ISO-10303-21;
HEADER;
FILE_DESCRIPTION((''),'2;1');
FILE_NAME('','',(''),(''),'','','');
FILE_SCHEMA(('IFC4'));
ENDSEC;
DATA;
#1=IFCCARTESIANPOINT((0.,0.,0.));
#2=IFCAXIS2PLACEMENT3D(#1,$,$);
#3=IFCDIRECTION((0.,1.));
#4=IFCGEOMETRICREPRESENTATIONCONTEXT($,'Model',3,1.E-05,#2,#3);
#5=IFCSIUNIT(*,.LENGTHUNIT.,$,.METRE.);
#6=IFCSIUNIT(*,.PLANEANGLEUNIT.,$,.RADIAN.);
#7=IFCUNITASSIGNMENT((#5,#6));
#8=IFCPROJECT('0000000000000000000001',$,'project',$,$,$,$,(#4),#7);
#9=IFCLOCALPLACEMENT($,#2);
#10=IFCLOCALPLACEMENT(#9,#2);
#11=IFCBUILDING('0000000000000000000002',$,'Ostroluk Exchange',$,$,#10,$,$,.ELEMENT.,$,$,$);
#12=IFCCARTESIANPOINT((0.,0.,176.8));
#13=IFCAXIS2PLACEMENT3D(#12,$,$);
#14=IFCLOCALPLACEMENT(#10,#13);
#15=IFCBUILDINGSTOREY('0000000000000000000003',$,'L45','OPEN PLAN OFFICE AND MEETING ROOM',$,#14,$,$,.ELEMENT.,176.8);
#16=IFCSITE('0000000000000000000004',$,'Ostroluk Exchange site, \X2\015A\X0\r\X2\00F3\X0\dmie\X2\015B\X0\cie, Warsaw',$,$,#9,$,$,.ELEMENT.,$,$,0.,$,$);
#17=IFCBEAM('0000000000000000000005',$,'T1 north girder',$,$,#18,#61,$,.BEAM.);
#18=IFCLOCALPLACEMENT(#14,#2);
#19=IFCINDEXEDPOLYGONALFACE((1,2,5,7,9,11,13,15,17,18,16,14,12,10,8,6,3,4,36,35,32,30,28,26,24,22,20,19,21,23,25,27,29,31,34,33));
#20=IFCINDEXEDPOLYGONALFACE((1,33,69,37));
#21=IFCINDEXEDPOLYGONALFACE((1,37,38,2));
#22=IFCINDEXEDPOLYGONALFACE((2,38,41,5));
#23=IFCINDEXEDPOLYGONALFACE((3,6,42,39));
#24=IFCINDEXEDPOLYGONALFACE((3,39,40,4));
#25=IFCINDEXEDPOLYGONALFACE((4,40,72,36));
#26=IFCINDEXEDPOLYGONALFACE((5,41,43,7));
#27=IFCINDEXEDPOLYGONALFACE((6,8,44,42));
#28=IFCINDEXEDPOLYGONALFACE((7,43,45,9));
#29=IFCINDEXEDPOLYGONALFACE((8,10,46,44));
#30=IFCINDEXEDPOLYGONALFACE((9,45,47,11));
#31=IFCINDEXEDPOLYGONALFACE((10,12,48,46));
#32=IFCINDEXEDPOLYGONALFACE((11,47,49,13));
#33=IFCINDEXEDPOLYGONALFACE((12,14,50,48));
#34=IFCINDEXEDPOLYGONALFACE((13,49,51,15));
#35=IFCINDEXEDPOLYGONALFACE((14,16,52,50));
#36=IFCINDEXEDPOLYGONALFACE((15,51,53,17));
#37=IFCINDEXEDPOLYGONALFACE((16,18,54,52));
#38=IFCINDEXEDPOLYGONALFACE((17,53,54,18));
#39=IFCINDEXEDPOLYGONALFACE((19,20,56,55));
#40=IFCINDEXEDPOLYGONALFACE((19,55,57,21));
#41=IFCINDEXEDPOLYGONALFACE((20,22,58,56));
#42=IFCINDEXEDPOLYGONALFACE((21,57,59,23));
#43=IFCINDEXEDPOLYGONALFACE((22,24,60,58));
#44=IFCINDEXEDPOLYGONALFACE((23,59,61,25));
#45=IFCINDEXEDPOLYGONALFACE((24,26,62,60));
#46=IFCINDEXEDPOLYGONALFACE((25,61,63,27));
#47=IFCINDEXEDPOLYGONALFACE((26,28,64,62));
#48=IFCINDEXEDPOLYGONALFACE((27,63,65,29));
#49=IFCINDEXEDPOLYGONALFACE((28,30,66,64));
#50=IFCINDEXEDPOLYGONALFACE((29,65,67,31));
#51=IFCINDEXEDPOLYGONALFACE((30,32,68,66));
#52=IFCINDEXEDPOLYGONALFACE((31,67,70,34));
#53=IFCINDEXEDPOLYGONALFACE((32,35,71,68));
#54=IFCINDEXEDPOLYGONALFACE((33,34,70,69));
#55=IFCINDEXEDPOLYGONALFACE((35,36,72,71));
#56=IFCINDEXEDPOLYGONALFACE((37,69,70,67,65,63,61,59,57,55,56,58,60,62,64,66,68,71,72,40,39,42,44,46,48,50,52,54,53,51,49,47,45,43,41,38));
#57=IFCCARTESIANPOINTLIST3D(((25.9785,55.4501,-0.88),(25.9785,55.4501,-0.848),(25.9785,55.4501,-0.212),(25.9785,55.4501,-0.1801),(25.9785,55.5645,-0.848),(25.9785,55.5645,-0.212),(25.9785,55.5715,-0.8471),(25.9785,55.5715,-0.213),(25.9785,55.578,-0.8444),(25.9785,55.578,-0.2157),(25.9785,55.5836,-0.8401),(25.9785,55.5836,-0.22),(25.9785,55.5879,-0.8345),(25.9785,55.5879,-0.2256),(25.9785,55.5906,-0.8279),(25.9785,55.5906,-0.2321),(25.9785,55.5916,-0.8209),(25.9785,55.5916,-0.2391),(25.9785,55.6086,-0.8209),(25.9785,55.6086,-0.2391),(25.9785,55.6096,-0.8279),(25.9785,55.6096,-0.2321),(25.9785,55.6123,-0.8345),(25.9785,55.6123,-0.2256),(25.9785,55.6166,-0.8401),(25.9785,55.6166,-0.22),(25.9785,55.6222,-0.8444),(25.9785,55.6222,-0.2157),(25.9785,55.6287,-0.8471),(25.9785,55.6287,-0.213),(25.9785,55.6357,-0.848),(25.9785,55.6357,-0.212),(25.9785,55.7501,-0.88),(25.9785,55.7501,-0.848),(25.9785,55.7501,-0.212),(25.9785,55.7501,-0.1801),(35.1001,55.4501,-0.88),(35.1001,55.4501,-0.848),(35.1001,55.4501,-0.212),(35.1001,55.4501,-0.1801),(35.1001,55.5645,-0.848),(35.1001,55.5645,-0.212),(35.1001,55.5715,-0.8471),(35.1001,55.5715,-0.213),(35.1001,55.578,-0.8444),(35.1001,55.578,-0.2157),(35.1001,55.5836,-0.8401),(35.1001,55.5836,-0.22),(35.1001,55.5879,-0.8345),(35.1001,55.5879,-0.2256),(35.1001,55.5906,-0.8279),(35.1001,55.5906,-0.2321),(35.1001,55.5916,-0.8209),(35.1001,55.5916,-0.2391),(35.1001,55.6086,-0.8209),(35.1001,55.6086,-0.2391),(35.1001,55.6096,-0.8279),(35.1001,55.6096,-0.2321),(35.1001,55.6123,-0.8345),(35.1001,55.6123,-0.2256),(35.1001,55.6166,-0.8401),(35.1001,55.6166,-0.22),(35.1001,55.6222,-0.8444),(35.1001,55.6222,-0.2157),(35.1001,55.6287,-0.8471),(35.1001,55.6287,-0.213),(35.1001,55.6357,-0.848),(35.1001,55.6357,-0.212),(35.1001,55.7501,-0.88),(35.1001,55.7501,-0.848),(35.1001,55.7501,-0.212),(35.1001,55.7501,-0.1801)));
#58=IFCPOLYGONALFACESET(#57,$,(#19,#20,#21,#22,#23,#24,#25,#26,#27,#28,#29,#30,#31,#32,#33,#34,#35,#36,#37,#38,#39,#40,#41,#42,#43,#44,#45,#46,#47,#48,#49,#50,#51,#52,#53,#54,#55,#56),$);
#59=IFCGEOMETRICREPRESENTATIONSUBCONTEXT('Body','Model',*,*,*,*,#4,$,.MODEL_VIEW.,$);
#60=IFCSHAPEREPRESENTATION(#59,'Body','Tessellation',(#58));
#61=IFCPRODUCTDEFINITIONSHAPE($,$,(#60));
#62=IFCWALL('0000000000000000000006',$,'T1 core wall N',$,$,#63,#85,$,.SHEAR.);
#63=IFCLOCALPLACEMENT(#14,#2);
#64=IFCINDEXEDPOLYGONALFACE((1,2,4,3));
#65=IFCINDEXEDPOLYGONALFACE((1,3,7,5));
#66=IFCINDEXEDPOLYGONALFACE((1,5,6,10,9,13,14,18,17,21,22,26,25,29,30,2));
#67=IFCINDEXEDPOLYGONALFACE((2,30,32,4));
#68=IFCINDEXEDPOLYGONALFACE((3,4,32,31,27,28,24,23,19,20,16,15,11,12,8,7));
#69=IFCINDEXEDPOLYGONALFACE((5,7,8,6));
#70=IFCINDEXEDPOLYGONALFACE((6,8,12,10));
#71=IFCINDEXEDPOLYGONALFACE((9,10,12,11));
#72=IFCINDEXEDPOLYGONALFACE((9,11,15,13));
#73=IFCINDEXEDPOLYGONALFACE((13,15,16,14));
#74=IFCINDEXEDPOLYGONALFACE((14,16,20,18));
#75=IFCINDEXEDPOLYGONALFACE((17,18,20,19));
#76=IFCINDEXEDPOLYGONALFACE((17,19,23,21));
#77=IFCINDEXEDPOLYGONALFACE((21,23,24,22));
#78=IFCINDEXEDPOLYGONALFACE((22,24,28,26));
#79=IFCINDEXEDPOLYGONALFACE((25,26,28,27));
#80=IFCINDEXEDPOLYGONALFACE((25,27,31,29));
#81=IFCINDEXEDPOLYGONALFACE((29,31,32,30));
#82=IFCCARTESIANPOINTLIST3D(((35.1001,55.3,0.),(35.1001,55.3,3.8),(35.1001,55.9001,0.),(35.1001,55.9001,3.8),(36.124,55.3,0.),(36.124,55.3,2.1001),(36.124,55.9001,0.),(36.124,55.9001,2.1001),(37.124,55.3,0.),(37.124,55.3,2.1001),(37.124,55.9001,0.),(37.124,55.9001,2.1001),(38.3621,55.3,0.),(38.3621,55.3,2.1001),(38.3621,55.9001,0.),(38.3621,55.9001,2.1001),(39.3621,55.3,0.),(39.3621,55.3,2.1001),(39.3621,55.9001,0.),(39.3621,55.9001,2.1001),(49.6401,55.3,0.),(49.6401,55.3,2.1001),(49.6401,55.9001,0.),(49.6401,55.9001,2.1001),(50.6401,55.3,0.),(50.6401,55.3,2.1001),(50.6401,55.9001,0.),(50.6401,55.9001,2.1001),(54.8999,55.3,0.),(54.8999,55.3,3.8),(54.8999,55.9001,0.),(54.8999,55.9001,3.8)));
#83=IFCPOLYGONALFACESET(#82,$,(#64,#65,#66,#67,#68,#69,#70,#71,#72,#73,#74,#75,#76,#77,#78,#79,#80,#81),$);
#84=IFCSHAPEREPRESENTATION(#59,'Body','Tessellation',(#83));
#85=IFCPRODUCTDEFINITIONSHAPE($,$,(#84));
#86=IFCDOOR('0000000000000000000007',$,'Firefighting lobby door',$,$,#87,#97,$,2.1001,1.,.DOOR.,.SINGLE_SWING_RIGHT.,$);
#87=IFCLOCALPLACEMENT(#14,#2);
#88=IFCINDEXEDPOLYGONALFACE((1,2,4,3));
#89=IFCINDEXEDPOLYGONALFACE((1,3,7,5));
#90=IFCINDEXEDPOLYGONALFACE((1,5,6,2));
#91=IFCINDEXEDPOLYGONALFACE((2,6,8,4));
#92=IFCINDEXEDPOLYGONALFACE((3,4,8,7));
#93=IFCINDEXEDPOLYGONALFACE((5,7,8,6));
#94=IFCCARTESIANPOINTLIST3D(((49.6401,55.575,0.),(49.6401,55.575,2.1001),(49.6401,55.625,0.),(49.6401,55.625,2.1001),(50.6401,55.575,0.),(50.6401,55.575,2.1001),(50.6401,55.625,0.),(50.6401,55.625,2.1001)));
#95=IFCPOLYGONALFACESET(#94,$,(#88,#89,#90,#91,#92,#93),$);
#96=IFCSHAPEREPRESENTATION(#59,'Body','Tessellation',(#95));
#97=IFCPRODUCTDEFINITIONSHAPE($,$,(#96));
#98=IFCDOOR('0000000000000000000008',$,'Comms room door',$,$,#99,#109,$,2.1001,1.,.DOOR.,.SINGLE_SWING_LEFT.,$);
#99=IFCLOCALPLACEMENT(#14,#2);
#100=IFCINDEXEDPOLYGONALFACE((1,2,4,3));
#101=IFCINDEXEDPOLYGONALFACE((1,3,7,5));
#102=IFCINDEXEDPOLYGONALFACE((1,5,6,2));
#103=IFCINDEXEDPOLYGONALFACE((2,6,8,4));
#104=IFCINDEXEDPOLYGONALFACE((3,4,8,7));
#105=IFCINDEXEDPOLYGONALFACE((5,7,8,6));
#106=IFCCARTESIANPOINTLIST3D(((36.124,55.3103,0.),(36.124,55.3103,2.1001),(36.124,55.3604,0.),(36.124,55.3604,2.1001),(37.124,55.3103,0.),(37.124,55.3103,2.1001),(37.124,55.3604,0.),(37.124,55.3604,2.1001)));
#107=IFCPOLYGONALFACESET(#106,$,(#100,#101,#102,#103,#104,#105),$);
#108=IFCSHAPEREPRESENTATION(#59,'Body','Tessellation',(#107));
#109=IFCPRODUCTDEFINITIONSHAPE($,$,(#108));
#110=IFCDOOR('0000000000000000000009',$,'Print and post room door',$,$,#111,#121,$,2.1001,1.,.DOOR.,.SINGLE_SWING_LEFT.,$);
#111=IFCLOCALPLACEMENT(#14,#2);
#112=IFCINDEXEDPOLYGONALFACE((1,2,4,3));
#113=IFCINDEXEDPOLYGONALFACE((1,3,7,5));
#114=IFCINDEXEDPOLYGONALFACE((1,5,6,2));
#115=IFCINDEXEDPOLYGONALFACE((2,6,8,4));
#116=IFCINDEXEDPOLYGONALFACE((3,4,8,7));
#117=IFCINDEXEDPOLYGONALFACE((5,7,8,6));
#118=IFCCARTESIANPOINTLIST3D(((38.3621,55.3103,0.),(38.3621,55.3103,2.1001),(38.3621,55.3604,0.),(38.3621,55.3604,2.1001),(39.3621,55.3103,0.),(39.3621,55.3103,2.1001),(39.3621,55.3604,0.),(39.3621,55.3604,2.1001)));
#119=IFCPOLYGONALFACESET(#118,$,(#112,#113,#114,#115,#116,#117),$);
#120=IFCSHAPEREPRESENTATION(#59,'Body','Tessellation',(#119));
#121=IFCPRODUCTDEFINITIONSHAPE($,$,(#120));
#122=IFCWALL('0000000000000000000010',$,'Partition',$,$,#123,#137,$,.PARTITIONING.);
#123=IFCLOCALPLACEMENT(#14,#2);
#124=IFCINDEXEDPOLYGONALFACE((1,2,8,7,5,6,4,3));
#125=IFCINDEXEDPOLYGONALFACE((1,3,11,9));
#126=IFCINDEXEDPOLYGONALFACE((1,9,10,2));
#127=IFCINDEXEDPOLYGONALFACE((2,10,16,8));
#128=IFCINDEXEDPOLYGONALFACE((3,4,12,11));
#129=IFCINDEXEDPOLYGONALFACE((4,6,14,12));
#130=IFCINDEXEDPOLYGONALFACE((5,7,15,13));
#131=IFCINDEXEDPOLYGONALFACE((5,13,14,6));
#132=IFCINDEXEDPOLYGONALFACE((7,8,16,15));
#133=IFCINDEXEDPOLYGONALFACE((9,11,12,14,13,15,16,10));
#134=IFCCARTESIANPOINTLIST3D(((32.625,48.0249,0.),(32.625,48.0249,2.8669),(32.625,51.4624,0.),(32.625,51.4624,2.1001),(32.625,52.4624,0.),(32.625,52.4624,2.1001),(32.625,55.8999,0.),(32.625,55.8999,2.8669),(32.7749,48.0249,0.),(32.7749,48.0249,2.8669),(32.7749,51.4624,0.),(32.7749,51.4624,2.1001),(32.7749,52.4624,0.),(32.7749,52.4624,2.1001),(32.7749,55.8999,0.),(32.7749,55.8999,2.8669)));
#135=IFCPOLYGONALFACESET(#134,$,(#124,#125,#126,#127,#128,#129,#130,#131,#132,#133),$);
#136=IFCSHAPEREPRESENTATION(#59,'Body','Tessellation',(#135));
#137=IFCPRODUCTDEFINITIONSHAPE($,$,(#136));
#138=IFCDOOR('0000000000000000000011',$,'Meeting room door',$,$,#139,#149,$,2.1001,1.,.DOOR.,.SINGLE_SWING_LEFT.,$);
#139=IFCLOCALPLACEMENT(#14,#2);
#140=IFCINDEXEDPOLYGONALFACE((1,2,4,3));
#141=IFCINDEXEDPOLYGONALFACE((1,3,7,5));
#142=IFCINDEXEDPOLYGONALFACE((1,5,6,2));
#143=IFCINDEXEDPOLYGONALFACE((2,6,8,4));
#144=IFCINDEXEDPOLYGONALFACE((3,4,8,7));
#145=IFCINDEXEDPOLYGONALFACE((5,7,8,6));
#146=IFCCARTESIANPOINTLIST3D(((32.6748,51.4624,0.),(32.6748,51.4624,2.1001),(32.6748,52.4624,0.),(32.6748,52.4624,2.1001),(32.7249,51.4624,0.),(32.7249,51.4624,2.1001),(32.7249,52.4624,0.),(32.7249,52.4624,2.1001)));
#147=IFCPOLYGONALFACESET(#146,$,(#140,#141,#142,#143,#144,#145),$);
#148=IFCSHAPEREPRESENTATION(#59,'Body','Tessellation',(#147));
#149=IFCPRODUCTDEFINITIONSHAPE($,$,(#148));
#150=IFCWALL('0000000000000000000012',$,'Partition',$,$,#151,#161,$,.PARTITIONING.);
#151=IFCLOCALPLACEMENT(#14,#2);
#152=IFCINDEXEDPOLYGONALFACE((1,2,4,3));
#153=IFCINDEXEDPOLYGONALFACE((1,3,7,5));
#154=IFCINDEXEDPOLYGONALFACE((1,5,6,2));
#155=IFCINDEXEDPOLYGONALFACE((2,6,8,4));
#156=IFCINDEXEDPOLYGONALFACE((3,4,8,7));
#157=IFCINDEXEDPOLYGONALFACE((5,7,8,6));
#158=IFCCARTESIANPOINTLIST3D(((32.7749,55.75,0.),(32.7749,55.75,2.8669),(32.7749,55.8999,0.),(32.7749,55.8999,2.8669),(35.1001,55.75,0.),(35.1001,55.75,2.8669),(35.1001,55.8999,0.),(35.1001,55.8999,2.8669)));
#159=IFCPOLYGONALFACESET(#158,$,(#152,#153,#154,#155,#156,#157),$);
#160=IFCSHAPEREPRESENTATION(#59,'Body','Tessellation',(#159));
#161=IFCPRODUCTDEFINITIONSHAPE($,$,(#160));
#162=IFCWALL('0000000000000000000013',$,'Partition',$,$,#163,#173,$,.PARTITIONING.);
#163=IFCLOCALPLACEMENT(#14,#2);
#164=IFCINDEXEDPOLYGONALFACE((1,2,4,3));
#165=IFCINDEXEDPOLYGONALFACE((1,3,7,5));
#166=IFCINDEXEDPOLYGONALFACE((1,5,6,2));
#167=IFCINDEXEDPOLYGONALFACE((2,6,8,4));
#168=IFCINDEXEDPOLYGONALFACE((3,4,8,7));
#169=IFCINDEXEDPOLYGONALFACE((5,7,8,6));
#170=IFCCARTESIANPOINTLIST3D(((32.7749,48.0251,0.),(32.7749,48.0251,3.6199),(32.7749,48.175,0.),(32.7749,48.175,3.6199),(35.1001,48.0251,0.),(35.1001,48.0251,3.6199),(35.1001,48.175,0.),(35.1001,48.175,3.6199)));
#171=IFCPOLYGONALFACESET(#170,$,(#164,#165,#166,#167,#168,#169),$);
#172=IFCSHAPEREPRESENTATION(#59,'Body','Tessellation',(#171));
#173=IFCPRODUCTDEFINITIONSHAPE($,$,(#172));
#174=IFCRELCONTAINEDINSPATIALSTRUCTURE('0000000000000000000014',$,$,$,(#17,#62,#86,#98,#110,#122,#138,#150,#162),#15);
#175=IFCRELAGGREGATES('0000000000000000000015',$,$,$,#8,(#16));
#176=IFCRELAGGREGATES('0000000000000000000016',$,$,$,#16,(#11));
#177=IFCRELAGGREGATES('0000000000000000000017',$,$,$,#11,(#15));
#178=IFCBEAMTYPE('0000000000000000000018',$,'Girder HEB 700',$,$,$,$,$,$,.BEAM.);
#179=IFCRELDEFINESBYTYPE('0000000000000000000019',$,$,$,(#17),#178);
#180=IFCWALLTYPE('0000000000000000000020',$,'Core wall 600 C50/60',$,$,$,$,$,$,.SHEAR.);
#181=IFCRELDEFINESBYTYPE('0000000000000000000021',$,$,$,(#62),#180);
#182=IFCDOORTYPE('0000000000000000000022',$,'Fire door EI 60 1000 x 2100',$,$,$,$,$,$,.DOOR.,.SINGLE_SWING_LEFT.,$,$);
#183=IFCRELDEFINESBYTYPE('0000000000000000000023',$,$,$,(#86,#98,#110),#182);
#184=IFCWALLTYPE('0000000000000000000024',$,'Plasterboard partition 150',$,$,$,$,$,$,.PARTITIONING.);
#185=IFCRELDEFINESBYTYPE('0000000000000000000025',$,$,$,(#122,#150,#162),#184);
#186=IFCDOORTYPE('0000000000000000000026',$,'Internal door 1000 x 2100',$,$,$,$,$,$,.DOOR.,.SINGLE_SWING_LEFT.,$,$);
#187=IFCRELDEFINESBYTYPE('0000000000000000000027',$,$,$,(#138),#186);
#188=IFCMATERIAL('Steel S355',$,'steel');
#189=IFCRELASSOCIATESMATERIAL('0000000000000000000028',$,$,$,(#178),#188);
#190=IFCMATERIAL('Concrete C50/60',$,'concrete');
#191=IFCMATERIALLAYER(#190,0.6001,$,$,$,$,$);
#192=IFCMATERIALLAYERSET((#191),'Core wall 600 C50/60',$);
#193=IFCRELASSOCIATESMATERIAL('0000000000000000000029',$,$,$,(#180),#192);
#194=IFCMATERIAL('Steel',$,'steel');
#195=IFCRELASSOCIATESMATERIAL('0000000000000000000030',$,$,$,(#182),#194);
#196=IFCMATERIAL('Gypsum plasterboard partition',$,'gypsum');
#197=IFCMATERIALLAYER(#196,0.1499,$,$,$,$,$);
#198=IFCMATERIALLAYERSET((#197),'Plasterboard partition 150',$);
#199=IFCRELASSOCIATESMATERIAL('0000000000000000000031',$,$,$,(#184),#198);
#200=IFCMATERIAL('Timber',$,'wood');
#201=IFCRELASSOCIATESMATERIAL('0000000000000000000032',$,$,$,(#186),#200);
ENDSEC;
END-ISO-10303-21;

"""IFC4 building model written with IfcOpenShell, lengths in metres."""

from ifc_helpers import new_model, si_unit, direction, frame, frame_2d, origin, origin_2d, place, context, subcontext, project, spatial, rectangle, i_section, extrude, material, layer, layer_set, material_profile, profile_set, type_object, element, fill, save


model = new_model("IFC4")

# Units and contexts
model_context = context("Model", 3, precision=1e-05, world=origin(), true_north=direction((0.0, 1.0)))
body_context = subcontext(model_context, "Body", "Model", "MODEL_VIEW")
ifc_project = project(units=[si_unit("LENGTHUNIT", "METRE"), si_unit("PLANEANGLEUNIT", "RADIAN")], contexts=[model_context])

# Site, building, storey
site_placement = place(None, origin())
site = spatial("IfcSite", under=ifc_project, at=site_placement, Name="Ostroluk Exchange site, Śródmieście, Warsaw", CompositionType="ELEMENT", RefElevation=0.0)
building_placement = place(site_placement, origin())
building = spatial("IfcBuilding", under=site, at=building_placement, Name="Ostroluk Exchange", CompositionType="ELEMENT")
storey_placement = place(building_placement, frame((0.0, 0.0, 176.8)))
storey = spatial("IfcBuildingStorey", under=building, at=storey_placement, Name="L45", Description="OPEN PLAN OFFICE AND MEETING ROOM", CompositionType="ELEMENT", Elevation=176.8)

# Beam
ifc_material_1 = material(Name="Steel S355", Category="steel")
ifc_material_profile_1 = material_profile(ifc_material_1, i_section(OverallWidth=0.3, OverallDepth=0.7, WebThickness=0.0171, FlangeThickness=0.032, FilletRadius=0.0271, at=origin_2d()), Name="HEB 700")
ifc_profile_set_1 = profile_set([ifc_material_profile_1], Name="Steel S355")
beam_type_1 = type_object("IfcBeamType", Name="Girder HEB 700", PredefinedType="BEAM", material=ifc_profile_set_1)
beam_1_placement = place(storey_placement, frame((35.1001, 55.6001, -0.53), z_axis=(-1.0, 0.0, 0.0), x_axis=(0.0, -1.0, 0.0)))
element("IfcBeam", 1, at=beam_1_placement, inside=storey, type_object=beam_type_1, Name="T1 north girder", PredefinedType="BEAM", context=body_context, shape_type="SweptSolid", body=[
    extrude(i_section(OverallWidth=0.3, OverallDepth=0.7, WebThickness=0.0171, FlangeThickness=0.032, FilletRadius=0.0271, at=origin_2d()), origin(), (0.0, 0.0, 1.0), 9.1216),
])

# Wall, openings, doors
ifc_material_2 = material(Name="Concrete C50/60", Category="concrete")
ifc_layer_1 = layer(ifc_material_2, 0.6001)
ifc_layer_set_1 = layer_set([ifc_layer_1], Name="Core wall 600 C50/60")
wall_type_1 = type_object("IfcWallType", Name="Core wall 600 C50/60", PredefinedType="SHEAR", material=ifc_layer_set_1)
wall_1_placement = place(storey_placement, frame((35.1001, 55.6001, 0.0), z_axis=(0.0, 0.0, 1.0), x_axis=(1.0, 0.0, 0.0)))
wall_1 = element("IfcWall", 2, at=wall_1_placement, inside=storey, type_object=wall_type_1, Name="T1 core wall N", PredefinedType="SHEAR", context=body_context, shape_type="SweptSolid", body=[
    extrude(rectangle(XDim=19.7998, YDim=0.6001, at=frame_2d((9.8999, 0.0))), origin(), (0.0, 0.0, 1.0), 3.8),
])
opening_1_placement = place(wall_1_placement, frame((14.54, 0.0, 0.0)))
opening_1 = element("IfcOpeningElement", 3, at=opening_1_placement, cuts=wall_1, PredefinedType="OPENING", context=body_context, shape_type="SweptSolid", body=[
    extrude(rectangle(XDim=1.0, YDim=2.1001, at=frame_2d((0.5, 1.05))), frame((0.0, 0.3101, 0.0), z_axis=(0.0, -1.0, 0.0), x_axis=(1.0, 0.0, 0.0)), (0.0, 0.0, 1.0), 0.6201),
])
opening_2_placement = place(wall_1_placement, frame((1.0239, 0.0, 0.0)))
opening_2 = element("IfcOpeningElement", 4, at=opening_2_placement, cuts=wall_1, PredefinedType="OPENING", context=body_context, shape_type="SweptSolid", body=[
    extrude(rectangle(XDim=1.0, YDim=2.1001, at=frame_2d((0.5, 1.05))), frame((0.0, 0.3101, 0.0), z_axis=(0.0, -1.0, 0.0), x_axis=(1.0, 0.0, 0.0)), (0.0, 0.0, 1.0), 0.6201),
])
opening_3_placement = place(wall_1_placement, frame((3.262, 0.0, 0.0)))
opening_3 = element("IfcOpeningElement", 5, at=opening_3_placement, cuts=wall_1, PredefinedType="OPENING", context=body_context, shape_type="SweptSolid", body=[
    extrude(rectangle(XDim=1.0, YDim=2.1001, at=frame_2d((0.5, 1.05))), frame((0.0, 0.3101, 0.0), z_axis=(0.0, -1.0, 0.0), x_axis=(1.0, 0.0, 0.0)), (0.0, 0.0, 1.0), 0.6201),
])
ifc_material_3 = material(Name="Steel", Category="steel")
door_type_1 = type_object("IfcDoorType", Name="Fire door EI 60 1000 x 2100", OperationType="SINGLE_SWING_LEFT", PredefinedType="DOOR", material=ifc_material_3)
door_1_placement = place(opening_1_placement, origin())
door_1 = element("IfcDoor", 6, at=door_1_placement, inside=storey, type_object=door_type_1, Name="Firefighting lobby door", OperationType="SINGLE_SWING_RIGHT", OverallHeight=2.1001, OverallWidth=1.0, PredefinedType="DOOR", context=body_context, shape_type="SweptSolid", body=[
    extrude(rectangle(XDim=1.0, YDim=2.1001, at=frame_2d((0.5, 1.05))), frame((0.0, 0.0249, 0.0), z_axis=(0.0, -1.0, 0.0), x_axis=(1.0, 0.0, 0.0)), (0.0, 0.0, 1.0), 0.05),
])
fill(opening_1, door_1)
door_2_placement = place(opening_2_placement, origin())
door_2 = element("IfcDoor", 7, at=door_2_placement, inside=storey, type_object=door_type_1, Name="Comms room door", OperationType="SINGLE_SWING_LEFT", OverallHeight=2.1001, OverallWidth=1.0, PredefinedType="DOOR", context=body_context, shape_type="SweptSolid", body=[
    extrude(rectangle(XDim=1.0, YDim=2.1001, at=frame_2d((0.5, 1.05))), frame((0.0, -0.2397, 0.0), z_axis=(0.0, -1.0, 0.0), x_axis=(1.0, 0.0, 0.0)), (0.0, 0.0, 1.0), 0.05),
])
fill(opening_2, door_2)
door_3_placement = place(opening_3_placement, origin())
door_3 = element("IfcDoor", 8, at=door_3_placement, inside=storey, type_object=door_type_1, Name="Print and post room door", OperationType="SINGLE_SWING_LEFT", OverallHeight=2.1001, OverallWidth=1.0, PredefinedType="DOOR", context=body_context, shape_type="SweptSolid", body=[
    extrude(rectangle(XDim=1.0, YDim=2.1001, at=frame_2d((0.5, 1.05))), frame((0.0, -0.2397, 0.0), z_axis=(0.0, -1.0, 0.0), x_axis=(1.0, 0.0, 0.0)), (0.0, 0.0, 1.0), 0.05),
])
fill(opening_3, door_3)

# Wall, opening, door
ifc_material_4 = material(Name="Gypsum plasterboard partition", Category="gypsum")
ifc_layer_2 = layer(ifc_material_4, 0.1499)
ifc_layer_set_2 = layer_set([ifc_layer_2], Name="Plasterboard partition 150")
wall_type_2 = type_object("IfcWallType", Name="Plasterboard partition 150", PredefinedType="PARTITIONING", material=ifc_layer_set_2)
wall_2_placement = place(storey_placement, frame((32.7, 55.8999, 0.0), z_axis=(0.0, 0.0, 1.0), x_axis=(0.0, -1.0, 0.0)))
wall_2 = element("IfcWall", 9, at=wall_2_placement, inside=storey, type_object=wall_type_2, Name="Partition", PredefinedType="PARTITIONING", context=body_context, shape_type="SweptSolid", body=[
    extrude(rectangle(XDim=7.875, YDim=0.1499, at=frame_2d((3.9375, 0.0))), origin(), (0.0, 0.0, 1.0), 2.8669),
])
opening_4_placement = place(wall_2_placement, frame((3.4375, 0.0, 0.0)))
opening_4 = element("IfcOpeningElement", 10, at=opening_4_placement, cuts=wall_2, PredefinedType="OPENING", context=body_context, shape_type="SweptSolid", body=[
    extrude(rectangle(XDim=1.0, YDim=2.1001, at=frame_2d((0.5, 1.05))), frame((0.0, 0.085, 0.0), z_axis=(0.0, -1.0, 0.0), x_axis=(1.0, 0.0, 0.0)), (0.0, 0.0, 1.0), 0.1699),
])
ifc_material_5 = material(Name="Timber", Category="wood")
door_type_2 = type_object("IfcDoorType", Name="Internal door 1000 x 2100", OperationType="SINGLE_SWING_LEFT", PredefinedType="DOOR", material=ifc_material_5)
door_4_placement = place(opening_4_placement, origin())
door_4 = element("IfcDoor", 11, at=door_4_placement, inside=storey, type_object=door_type_2, Name="Meeting room door", OperationType="SINGLE_SWING_LEFT", OverallHeight=2.1001, OverallWidth=1.0, PredefinedType="DOOR", context=body_context, shape_type="SweptSolid", body=[
    extrude(rectangle(XDim=1.0, YDim=2.1001, at=frame_2d((0.5, 1.05))), frame((0.0, 0.0249, 0.0), z_axis=(0.0, -1.0, 0.0), x_axis=(1.0, 0.0, 0.0)), (0.0, 0.0, 1.0), 0.05),
])
fill(opening_4, door_4)

# Walls
wall_3_placement = place(storey_placement, frame((35.1001, 55.825, 0.0), z_axis=(0.0, 0.0, 1.0), x_axis=(-1.0, 0.0, 0.0)))
element("IfcWall", 12, at=wall_3_placement, inside=storey, type_object=wall_type_2, Name="Partition", PredefinedType="PARTITIONING", context=body_context, shape_type="SweptSolid", body=[
    extrude(rectangle(XDim=2.3252, YDim=0.1499, at=frame_2d((1.1626, 0.0))), origin(), (0.0, 0.0, 1.0), 2.8669),
])
wall_4_placement = place(storey_placement, frame((35.1001, 48.1001, 0.0), z_axis=(0.0, 0.0, 1.0), x_axis=(-1.0, 0.0, 0.0)))
element("IfcWall", 13, at=wall_4_placement, inside=storey, type_object=wall_type_2, Name="Partition", PredefinedType="PARTITIONING", context=body_context, shape_type="SweptSolid", body=[
    extrude(rectangle(XDim=2.3252, YDim=0.1499, at=frame_2d((1.1626, 0.0))), origin(), (0.0, 0.0, 1.0), 3.6199),
])

save(model, "model.ifc")
